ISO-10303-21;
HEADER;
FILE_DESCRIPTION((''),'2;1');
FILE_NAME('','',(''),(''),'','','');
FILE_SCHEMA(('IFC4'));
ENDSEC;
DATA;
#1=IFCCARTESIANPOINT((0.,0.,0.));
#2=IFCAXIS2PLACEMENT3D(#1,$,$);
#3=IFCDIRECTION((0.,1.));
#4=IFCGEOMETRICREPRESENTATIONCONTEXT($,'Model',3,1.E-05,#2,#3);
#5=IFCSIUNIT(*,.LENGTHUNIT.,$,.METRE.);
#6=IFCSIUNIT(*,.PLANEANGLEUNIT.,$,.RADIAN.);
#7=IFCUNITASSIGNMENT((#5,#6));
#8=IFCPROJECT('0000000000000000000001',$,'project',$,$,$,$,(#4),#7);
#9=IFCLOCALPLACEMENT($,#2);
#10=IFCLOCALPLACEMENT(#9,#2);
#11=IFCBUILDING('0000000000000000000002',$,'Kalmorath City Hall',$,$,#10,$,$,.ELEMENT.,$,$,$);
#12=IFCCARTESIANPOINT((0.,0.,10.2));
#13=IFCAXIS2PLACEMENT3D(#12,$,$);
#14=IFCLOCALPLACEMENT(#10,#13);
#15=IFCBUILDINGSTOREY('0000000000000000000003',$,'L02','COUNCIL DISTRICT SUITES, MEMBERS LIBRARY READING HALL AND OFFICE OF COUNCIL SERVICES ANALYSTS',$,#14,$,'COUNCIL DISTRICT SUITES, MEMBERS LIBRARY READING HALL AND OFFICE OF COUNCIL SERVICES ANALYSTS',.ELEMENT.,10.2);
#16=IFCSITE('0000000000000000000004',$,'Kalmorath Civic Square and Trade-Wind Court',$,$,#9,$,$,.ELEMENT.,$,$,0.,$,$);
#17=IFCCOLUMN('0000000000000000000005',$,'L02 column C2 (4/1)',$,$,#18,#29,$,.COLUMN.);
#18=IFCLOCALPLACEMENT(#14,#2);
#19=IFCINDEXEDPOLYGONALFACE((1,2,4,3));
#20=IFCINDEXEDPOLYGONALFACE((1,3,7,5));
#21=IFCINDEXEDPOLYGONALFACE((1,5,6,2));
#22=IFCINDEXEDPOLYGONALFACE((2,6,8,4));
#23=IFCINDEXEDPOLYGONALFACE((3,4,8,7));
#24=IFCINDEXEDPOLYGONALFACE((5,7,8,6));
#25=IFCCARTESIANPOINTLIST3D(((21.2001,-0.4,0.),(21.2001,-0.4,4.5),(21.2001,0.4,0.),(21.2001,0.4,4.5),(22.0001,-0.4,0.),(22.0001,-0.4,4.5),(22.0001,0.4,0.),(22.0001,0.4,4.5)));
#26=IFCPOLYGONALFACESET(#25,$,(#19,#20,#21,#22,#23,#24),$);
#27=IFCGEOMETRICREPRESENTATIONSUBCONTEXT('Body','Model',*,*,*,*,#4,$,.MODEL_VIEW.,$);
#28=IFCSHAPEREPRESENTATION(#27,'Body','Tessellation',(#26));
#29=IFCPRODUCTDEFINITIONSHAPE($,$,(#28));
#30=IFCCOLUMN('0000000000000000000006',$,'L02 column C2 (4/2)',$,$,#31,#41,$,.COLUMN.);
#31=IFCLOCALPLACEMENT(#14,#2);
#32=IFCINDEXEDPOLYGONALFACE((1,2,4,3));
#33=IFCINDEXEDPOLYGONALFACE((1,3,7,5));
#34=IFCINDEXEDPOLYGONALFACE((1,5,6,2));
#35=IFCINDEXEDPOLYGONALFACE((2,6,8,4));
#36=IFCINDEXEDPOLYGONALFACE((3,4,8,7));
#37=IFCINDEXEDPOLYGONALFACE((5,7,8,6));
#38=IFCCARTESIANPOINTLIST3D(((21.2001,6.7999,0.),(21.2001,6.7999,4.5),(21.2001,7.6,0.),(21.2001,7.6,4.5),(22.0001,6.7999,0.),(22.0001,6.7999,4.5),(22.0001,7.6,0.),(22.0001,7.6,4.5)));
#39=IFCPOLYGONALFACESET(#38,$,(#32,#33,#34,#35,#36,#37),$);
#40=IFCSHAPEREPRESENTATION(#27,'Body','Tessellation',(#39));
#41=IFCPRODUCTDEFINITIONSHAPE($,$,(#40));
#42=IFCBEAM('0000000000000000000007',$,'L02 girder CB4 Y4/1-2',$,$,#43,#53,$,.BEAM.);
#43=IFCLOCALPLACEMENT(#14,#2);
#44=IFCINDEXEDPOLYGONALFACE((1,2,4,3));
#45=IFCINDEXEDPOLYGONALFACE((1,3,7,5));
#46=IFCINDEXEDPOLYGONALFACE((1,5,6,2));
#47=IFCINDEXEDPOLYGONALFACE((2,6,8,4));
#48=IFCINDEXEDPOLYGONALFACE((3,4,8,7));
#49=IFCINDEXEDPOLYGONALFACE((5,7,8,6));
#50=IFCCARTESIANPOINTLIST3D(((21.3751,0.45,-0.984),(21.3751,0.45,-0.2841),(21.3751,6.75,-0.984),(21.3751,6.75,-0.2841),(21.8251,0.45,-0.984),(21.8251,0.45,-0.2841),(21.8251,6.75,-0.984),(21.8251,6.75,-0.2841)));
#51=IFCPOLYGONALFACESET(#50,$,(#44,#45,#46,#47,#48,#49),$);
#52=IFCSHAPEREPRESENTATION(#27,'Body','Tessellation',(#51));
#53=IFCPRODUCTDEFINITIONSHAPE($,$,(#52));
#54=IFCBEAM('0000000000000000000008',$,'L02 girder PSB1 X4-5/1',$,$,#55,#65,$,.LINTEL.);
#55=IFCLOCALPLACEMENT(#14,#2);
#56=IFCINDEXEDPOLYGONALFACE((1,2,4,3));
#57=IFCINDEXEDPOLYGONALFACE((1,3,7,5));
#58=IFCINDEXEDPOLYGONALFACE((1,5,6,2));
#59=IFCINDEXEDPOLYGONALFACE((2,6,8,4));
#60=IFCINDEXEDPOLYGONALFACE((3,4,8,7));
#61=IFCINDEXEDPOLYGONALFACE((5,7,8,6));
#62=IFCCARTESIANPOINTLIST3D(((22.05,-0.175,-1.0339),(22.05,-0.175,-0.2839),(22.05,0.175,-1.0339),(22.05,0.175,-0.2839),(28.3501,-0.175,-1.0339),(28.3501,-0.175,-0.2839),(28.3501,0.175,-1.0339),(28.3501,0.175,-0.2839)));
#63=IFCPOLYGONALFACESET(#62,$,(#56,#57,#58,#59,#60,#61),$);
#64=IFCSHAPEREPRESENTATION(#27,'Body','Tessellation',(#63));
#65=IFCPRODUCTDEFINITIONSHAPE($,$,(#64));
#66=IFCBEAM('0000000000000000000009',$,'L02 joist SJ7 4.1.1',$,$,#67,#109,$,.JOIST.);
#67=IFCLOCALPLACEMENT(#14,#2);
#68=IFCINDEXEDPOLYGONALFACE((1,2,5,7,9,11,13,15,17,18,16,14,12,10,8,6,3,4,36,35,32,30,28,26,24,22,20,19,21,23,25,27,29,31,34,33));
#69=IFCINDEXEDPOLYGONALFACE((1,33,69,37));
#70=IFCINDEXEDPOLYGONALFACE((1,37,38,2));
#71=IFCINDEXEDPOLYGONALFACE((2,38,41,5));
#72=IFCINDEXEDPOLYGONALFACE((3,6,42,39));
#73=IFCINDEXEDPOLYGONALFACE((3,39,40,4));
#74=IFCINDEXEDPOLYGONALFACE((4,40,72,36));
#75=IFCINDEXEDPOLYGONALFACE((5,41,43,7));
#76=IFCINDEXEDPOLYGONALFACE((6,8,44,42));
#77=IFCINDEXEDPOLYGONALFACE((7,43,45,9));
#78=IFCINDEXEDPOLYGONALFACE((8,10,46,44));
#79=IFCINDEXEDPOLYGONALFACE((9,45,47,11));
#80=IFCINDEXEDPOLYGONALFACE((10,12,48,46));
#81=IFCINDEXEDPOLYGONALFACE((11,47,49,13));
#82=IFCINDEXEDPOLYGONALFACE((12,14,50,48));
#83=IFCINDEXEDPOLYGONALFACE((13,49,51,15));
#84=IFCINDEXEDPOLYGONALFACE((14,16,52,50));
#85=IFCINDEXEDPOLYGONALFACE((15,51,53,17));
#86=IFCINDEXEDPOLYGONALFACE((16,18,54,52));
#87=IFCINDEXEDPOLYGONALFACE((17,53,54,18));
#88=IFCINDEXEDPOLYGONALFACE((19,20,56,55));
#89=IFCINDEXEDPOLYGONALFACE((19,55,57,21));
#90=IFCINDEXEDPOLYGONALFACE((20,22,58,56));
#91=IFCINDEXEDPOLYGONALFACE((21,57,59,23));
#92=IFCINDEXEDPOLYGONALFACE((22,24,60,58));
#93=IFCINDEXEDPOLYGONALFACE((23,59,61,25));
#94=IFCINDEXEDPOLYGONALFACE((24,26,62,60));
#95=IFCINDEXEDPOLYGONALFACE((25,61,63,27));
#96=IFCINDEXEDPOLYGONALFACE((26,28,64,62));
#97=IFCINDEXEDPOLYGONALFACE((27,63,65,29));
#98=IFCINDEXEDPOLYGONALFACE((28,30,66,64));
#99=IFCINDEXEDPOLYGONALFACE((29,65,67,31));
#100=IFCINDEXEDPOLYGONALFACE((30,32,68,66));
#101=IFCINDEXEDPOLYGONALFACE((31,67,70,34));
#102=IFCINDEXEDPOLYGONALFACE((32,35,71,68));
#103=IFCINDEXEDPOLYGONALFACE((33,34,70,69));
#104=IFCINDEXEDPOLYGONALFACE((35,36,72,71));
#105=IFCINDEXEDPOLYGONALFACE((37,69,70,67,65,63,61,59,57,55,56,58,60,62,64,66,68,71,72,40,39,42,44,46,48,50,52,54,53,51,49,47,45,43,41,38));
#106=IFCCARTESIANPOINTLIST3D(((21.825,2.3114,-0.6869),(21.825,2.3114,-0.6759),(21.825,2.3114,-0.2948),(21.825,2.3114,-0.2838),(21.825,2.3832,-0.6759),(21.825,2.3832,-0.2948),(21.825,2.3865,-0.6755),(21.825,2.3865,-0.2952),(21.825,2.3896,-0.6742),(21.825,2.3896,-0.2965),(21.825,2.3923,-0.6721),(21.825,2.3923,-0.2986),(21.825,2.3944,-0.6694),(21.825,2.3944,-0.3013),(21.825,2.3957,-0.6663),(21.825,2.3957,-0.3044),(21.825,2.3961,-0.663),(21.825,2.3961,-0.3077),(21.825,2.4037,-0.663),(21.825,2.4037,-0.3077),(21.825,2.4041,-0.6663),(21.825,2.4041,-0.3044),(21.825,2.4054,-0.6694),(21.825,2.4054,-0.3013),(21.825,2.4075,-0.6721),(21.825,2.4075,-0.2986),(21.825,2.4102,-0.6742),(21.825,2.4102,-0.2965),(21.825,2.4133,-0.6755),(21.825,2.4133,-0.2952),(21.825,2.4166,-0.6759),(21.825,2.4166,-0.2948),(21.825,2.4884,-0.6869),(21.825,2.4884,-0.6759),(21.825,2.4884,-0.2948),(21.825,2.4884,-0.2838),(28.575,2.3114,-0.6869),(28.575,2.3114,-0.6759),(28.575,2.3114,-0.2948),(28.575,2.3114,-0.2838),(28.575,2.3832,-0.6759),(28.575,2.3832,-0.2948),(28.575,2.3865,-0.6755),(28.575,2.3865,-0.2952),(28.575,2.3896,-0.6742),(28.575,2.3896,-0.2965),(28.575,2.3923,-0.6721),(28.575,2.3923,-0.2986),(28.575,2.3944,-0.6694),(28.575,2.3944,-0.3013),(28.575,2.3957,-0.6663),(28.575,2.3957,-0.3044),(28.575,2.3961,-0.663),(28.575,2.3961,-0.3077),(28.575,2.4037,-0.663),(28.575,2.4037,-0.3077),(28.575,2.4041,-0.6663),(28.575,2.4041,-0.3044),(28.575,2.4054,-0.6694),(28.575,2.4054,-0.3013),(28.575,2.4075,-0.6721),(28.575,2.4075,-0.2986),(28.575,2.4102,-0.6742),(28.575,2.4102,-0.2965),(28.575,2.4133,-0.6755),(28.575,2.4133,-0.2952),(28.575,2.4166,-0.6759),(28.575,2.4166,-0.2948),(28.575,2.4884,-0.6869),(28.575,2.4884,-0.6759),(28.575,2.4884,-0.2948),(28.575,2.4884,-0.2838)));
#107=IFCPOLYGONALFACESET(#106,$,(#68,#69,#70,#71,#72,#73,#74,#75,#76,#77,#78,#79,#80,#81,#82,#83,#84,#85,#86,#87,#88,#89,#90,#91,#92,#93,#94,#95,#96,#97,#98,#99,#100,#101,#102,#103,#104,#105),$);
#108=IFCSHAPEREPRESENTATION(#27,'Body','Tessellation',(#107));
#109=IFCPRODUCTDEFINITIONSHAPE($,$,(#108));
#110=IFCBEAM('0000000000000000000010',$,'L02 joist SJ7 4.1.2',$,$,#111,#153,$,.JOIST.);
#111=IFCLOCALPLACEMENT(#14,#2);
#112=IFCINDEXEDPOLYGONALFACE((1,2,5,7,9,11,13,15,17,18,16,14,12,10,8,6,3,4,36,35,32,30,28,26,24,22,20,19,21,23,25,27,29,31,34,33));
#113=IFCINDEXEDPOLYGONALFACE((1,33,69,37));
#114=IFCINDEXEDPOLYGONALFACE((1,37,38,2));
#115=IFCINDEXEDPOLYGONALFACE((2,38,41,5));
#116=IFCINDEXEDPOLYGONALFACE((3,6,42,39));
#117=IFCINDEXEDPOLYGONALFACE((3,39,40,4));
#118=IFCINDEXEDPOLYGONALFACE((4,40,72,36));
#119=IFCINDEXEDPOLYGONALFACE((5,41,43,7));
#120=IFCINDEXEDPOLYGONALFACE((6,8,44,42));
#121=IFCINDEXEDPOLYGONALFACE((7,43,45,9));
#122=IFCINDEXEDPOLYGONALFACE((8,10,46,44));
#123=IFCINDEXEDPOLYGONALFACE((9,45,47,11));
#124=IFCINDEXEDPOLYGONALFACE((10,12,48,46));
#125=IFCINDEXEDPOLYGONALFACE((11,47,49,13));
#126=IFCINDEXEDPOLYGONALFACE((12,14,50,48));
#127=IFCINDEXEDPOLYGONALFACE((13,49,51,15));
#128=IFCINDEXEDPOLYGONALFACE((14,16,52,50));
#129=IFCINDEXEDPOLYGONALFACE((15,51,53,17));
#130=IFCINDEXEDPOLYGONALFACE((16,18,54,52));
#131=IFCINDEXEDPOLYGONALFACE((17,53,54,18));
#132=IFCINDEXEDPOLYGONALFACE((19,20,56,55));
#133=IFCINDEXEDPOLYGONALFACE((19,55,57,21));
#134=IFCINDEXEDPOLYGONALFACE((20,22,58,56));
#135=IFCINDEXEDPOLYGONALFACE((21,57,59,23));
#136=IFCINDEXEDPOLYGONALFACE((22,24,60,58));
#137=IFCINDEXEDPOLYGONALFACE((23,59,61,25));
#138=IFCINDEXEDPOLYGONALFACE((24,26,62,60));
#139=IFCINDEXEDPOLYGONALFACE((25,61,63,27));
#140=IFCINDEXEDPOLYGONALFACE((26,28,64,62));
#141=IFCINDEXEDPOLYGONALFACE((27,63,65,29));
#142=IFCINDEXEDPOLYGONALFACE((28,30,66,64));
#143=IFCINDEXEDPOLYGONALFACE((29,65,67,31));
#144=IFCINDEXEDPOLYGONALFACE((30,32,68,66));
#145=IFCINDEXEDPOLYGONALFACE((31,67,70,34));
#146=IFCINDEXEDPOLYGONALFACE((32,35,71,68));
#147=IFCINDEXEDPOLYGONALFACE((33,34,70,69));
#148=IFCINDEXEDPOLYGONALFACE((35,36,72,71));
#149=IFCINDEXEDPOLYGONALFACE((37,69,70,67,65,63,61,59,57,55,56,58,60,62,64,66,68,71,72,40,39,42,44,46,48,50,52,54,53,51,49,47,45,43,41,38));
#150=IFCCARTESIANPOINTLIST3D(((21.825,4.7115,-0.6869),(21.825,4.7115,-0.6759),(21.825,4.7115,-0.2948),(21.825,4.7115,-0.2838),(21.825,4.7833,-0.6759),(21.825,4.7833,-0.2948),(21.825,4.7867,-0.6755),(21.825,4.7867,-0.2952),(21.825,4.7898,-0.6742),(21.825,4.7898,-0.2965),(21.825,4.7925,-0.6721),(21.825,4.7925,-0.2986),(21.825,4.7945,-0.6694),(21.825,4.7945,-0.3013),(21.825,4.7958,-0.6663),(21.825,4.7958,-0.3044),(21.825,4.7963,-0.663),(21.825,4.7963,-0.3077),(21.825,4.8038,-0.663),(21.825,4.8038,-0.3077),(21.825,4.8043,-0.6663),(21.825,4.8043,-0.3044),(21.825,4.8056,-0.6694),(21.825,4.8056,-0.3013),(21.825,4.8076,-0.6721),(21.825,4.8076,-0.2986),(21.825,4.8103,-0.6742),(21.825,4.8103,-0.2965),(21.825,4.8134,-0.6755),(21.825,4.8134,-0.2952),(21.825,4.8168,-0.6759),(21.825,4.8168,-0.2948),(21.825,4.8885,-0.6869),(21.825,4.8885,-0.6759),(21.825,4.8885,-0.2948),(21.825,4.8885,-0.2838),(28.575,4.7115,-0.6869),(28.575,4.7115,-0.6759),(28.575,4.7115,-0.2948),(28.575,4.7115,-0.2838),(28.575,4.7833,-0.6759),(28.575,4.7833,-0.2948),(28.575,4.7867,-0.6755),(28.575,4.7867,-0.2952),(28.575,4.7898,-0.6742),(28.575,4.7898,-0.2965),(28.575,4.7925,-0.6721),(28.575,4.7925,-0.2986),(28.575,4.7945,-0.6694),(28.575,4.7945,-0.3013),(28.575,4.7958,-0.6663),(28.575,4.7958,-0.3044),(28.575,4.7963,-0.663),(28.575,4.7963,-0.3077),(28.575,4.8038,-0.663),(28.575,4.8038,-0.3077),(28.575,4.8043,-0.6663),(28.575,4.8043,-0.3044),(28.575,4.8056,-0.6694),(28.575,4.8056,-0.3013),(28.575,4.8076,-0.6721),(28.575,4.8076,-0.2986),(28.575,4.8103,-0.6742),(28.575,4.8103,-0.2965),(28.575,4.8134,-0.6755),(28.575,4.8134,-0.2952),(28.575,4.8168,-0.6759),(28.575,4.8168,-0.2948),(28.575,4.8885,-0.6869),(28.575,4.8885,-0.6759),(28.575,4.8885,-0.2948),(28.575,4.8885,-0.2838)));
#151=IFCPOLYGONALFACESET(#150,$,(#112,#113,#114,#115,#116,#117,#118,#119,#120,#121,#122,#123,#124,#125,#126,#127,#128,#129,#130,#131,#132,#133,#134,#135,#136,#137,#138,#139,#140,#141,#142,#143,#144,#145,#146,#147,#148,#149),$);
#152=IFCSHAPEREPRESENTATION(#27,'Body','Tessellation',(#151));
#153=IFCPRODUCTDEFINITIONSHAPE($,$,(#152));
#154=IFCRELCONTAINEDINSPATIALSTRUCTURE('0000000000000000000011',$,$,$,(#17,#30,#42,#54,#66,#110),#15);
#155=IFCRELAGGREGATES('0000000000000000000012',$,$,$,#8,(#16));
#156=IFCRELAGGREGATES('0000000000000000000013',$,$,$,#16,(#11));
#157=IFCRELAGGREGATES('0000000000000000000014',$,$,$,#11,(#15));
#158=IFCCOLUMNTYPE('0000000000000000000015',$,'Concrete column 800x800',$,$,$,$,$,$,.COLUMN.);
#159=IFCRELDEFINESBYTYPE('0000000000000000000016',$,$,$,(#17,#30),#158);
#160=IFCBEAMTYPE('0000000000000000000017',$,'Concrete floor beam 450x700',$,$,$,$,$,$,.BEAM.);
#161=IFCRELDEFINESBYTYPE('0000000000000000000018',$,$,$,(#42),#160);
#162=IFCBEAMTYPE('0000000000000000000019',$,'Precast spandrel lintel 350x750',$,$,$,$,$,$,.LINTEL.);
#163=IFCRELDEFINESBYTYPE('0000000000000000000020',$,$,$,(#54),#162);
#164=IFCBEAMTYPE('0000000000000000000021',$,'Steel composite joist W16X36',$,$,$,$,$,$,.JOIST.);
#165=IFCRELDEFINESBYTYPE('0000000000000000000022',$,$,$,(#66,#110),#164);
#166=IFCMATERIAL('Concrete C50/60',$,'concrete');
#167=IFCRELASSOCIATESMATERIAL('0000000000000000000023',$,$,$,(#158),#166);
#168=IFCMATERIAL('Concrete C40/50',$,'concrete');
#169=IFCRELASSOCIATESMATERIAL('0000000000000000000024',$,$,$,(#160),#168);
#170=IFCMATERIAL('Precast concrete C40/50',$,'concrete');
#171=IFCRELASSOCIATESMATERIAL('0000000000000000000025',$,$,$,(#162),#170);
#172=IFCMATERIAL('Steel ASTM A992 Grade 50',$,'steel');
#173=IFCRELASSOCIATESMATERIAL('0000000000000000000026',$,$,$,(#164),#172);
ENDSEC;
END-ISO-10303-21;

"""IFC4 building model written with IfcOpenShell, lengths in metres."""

from ifc_helpers import new_model, si_unit, direction, frame, origin, origin_2d, place, context, subcontext, project, spatial, rectangle, i_section, extrude, material, material_profile, profile_set, type_object, element, save


model = new_model("IFC4")

# Units and contexts
model_context = context("Model", 3, precision=1e-05, world=origin(), true_north=direction((0.0, 1.0)))
body_context = subcontext(model_context, "Body", "Model", "MODEL_VIEW")
ifc_project = project(units=[si_unit("LENGTHUNIT", "METRE"), si_unit("PLANEANGLEUNIT", "RADIAN")], contexts=[model_context])

# Site, building, storey
site_placement = place(None, origin())
site = spatial("IfcSite", under=ifc_project, at=site_placement, Name="Kalmorath Civic Square and Trade-Wind Court", CompositionType="ELEMENT", RefElevation=0.0)
building_placement = place(site_placement, origin())
building = spatial("IfcBuilding", under=site, at=building_placement, Name="Kalmorath City Hall", CompositionType="ELEMENT")
storey_placement = place(building_placement, frame((0.0, 0.0, 10.2)))
storey = spatial("IfcBuildingStorey", under=building, at=storey_placement, Name="L02", Description="COUNCIL DISTRICT SUITES, MEMBERS LIBRARY READING HALL AND OFFICE OF COUNCIL SERVICES ANALYSTS", LongName="COUNCIL DISTRICT SUITES, MEMBERS LIBRARY READING HALL AND OFFICE OF COUNCIL SERVICES ANALYSTS", CompositionType="ELEMENT", Elevation=10.2)

# Columns
ifc_material_1 = material(Name="Concrete C50/60", Category="concrete")
ifc_material_profile_1 = material_profile(ifc_material_1, rectangle(XDim=0.8, YDim=0.8, at=origin_2d()), Name="RC-COL-800X800")
ifc_profile_set_1 = profile_set([ifc_material_profile_1], Name="Concrete C50/60")
column_type = type_object("IfcColumnType", Name="Concrete column 800x800", PredefinedType="COLUMN", material=ifc_profile_set_1)
for number, where, z_axis, x_axis, name in (
    (1, (21.6001, 0.0, 0.0), (0.0, 0.0, 1.0), (1.0, 0.0, 0.0), "L02 column C2 (4/1)"),
    (2, (21.6001, 7.2, 0.0), (0.0, 0.0, 1.0), (1.0, 0.0, 0.0), "L02 column C2 (4/2)"),
):
    element("IfcColumn", number, at=place(storey_placement, frame(where, z_axis=z_axis, x_axis=x_axis)), inside=storey, type_object=column_type, Name=name, PredefinedType="COLUMN", context=body_context, shape_type="SweptSolid", body=[
        extrude(rectangle(XDim=0.8, YDim=0.8, at=origin_2d()), origin(), (0.0, 0.0, 1.0), 4.5),
    ])

# Beams
ifc_material_2 = material(Name="Concrete C40/50", Category="concrete")
ifc_material_profile_2 = material_profile(ifc_material_2, rectangle(XDim=0.45, YDim=0.7, at=origin_2d()), Name="RC-BM-450X700")
ifc_profile_set_2 = profile_set([ifc_material_profile_2], Name="Concrete C40/50")
beam_type_1 = type_object("IfcBeamType", Name="Concrete floor beam 450x700", PredefinedType="BEAM", material=ifc_profile_set_2)
beam_1_placement = place(storey_placement, frame((21.6001, 0.45, -0.634), z_axis=(0.0, 1.0, 0.0), x_axis=(-1.0, 0.0, 0.0)))
element("IfcBeam", 3, at=beam_1_placement, inside=storey, type_object=beam_type_1, Name="L02 girder CB4 Y4/1-2", PredefinedType="BEAM", context=body_context, shape_type="SweptSolid", body=[
    extrude(rectangle(XDim=0.45, YDim=0.7, at=origin_2d()), origin(), (0.0, 0.0, 1.0), 6.3),
])
ifc_material_3 = material(Name="Precast concrete C40/50", Category="concrete")
ifc_material_profile_3 = material_profile(ifc_material_3, rectangle(XDim=0.3501, YDim=0.75, at=origin_2d()), Name="PC-SP-350X750")
ifc_profile_set_3 = profile_set([ifc_material_profile_3], Name="Precast concrete C40/50")
beam_type_2 = type_object("IfcBeamType", Name="Precast spandrel lintel 350x750", PredefinedType="LINTEL", material=ifc_profile_set_3)
beam_2_placement = place(storey_placement, frame((22.05, 0.0, -0.6589), z_axis=(1.0, 0.0, 0.0), x_axis=(0.0, 1.0, 0.0)))
element("IfcBeam", 4, at=beam_2_placement, inside=storey, type_object=beam_type_2, Name="L02 girder PSB1 X4-5/1", PredefinedType="LINTEL", context=body_context, shape_type="SweptSolid", body=[
    extrude(rectangle(XDim=0.3501, YDim=0.75, at=origin_2d()), origin(), (0.0, 0.0, 1.0), 6.3),
])
ifc_material_4 = material(Name="Steel ASTM A992 Grade 50", Category="steel")
ifc_material_profile_4 = material_profile(ifc_material_4, i_section(OverallWidth=0.177, OverallDepth=0.4031, WebThickness=0.0076, FlangeThickness=0.011, FilletRadius=0.0129, at=origin_2d()), Name="W16X36")
ifc_profile_set_4 = profile_set([ifc_material_profile_4], Name="Steel ASTM A992 Grade 50")
beam_type_3 = type_object("IfcBeamType", Name="Steel composite joist W16X36", PredefinedType="JOIST", material=ifc_profile_set_4)
for number, where, z_axis, x_axis, name in (
    (5, (21.825, 2.3999, -0.4854), (1.0, 0.0, 0.0), (0.0, 1.0, 0.0), "L02 joist SJ7 4.1.1"),
    (6, (21.825, 4.8, -0.4854), (1.0, 0.0, 0.0), (0.0, 1.0, 0.0), "L02 joist SJ7 4.1.2"),
):
    element("IfcBeam", number, at=place(storey_placement, frame(where, z_axis=z_axis, x_axis=x_axis)), inside=storey, type_object=beam_type_3, Name=name, PredefinedType="JOIST", context=body_context, shape_type="SweptSolid", body=[
        extrude(i_section(OverallWidth=0.177, OverallDepth=0.4031, WebThickness=0.0076, FlangeThickness=0.011, FilletRadius=0.0129, at=origin_2d()), origin(), (0.0, 0.0, 1.0), 6.75),
    ])

save(model, "model.ifc")
